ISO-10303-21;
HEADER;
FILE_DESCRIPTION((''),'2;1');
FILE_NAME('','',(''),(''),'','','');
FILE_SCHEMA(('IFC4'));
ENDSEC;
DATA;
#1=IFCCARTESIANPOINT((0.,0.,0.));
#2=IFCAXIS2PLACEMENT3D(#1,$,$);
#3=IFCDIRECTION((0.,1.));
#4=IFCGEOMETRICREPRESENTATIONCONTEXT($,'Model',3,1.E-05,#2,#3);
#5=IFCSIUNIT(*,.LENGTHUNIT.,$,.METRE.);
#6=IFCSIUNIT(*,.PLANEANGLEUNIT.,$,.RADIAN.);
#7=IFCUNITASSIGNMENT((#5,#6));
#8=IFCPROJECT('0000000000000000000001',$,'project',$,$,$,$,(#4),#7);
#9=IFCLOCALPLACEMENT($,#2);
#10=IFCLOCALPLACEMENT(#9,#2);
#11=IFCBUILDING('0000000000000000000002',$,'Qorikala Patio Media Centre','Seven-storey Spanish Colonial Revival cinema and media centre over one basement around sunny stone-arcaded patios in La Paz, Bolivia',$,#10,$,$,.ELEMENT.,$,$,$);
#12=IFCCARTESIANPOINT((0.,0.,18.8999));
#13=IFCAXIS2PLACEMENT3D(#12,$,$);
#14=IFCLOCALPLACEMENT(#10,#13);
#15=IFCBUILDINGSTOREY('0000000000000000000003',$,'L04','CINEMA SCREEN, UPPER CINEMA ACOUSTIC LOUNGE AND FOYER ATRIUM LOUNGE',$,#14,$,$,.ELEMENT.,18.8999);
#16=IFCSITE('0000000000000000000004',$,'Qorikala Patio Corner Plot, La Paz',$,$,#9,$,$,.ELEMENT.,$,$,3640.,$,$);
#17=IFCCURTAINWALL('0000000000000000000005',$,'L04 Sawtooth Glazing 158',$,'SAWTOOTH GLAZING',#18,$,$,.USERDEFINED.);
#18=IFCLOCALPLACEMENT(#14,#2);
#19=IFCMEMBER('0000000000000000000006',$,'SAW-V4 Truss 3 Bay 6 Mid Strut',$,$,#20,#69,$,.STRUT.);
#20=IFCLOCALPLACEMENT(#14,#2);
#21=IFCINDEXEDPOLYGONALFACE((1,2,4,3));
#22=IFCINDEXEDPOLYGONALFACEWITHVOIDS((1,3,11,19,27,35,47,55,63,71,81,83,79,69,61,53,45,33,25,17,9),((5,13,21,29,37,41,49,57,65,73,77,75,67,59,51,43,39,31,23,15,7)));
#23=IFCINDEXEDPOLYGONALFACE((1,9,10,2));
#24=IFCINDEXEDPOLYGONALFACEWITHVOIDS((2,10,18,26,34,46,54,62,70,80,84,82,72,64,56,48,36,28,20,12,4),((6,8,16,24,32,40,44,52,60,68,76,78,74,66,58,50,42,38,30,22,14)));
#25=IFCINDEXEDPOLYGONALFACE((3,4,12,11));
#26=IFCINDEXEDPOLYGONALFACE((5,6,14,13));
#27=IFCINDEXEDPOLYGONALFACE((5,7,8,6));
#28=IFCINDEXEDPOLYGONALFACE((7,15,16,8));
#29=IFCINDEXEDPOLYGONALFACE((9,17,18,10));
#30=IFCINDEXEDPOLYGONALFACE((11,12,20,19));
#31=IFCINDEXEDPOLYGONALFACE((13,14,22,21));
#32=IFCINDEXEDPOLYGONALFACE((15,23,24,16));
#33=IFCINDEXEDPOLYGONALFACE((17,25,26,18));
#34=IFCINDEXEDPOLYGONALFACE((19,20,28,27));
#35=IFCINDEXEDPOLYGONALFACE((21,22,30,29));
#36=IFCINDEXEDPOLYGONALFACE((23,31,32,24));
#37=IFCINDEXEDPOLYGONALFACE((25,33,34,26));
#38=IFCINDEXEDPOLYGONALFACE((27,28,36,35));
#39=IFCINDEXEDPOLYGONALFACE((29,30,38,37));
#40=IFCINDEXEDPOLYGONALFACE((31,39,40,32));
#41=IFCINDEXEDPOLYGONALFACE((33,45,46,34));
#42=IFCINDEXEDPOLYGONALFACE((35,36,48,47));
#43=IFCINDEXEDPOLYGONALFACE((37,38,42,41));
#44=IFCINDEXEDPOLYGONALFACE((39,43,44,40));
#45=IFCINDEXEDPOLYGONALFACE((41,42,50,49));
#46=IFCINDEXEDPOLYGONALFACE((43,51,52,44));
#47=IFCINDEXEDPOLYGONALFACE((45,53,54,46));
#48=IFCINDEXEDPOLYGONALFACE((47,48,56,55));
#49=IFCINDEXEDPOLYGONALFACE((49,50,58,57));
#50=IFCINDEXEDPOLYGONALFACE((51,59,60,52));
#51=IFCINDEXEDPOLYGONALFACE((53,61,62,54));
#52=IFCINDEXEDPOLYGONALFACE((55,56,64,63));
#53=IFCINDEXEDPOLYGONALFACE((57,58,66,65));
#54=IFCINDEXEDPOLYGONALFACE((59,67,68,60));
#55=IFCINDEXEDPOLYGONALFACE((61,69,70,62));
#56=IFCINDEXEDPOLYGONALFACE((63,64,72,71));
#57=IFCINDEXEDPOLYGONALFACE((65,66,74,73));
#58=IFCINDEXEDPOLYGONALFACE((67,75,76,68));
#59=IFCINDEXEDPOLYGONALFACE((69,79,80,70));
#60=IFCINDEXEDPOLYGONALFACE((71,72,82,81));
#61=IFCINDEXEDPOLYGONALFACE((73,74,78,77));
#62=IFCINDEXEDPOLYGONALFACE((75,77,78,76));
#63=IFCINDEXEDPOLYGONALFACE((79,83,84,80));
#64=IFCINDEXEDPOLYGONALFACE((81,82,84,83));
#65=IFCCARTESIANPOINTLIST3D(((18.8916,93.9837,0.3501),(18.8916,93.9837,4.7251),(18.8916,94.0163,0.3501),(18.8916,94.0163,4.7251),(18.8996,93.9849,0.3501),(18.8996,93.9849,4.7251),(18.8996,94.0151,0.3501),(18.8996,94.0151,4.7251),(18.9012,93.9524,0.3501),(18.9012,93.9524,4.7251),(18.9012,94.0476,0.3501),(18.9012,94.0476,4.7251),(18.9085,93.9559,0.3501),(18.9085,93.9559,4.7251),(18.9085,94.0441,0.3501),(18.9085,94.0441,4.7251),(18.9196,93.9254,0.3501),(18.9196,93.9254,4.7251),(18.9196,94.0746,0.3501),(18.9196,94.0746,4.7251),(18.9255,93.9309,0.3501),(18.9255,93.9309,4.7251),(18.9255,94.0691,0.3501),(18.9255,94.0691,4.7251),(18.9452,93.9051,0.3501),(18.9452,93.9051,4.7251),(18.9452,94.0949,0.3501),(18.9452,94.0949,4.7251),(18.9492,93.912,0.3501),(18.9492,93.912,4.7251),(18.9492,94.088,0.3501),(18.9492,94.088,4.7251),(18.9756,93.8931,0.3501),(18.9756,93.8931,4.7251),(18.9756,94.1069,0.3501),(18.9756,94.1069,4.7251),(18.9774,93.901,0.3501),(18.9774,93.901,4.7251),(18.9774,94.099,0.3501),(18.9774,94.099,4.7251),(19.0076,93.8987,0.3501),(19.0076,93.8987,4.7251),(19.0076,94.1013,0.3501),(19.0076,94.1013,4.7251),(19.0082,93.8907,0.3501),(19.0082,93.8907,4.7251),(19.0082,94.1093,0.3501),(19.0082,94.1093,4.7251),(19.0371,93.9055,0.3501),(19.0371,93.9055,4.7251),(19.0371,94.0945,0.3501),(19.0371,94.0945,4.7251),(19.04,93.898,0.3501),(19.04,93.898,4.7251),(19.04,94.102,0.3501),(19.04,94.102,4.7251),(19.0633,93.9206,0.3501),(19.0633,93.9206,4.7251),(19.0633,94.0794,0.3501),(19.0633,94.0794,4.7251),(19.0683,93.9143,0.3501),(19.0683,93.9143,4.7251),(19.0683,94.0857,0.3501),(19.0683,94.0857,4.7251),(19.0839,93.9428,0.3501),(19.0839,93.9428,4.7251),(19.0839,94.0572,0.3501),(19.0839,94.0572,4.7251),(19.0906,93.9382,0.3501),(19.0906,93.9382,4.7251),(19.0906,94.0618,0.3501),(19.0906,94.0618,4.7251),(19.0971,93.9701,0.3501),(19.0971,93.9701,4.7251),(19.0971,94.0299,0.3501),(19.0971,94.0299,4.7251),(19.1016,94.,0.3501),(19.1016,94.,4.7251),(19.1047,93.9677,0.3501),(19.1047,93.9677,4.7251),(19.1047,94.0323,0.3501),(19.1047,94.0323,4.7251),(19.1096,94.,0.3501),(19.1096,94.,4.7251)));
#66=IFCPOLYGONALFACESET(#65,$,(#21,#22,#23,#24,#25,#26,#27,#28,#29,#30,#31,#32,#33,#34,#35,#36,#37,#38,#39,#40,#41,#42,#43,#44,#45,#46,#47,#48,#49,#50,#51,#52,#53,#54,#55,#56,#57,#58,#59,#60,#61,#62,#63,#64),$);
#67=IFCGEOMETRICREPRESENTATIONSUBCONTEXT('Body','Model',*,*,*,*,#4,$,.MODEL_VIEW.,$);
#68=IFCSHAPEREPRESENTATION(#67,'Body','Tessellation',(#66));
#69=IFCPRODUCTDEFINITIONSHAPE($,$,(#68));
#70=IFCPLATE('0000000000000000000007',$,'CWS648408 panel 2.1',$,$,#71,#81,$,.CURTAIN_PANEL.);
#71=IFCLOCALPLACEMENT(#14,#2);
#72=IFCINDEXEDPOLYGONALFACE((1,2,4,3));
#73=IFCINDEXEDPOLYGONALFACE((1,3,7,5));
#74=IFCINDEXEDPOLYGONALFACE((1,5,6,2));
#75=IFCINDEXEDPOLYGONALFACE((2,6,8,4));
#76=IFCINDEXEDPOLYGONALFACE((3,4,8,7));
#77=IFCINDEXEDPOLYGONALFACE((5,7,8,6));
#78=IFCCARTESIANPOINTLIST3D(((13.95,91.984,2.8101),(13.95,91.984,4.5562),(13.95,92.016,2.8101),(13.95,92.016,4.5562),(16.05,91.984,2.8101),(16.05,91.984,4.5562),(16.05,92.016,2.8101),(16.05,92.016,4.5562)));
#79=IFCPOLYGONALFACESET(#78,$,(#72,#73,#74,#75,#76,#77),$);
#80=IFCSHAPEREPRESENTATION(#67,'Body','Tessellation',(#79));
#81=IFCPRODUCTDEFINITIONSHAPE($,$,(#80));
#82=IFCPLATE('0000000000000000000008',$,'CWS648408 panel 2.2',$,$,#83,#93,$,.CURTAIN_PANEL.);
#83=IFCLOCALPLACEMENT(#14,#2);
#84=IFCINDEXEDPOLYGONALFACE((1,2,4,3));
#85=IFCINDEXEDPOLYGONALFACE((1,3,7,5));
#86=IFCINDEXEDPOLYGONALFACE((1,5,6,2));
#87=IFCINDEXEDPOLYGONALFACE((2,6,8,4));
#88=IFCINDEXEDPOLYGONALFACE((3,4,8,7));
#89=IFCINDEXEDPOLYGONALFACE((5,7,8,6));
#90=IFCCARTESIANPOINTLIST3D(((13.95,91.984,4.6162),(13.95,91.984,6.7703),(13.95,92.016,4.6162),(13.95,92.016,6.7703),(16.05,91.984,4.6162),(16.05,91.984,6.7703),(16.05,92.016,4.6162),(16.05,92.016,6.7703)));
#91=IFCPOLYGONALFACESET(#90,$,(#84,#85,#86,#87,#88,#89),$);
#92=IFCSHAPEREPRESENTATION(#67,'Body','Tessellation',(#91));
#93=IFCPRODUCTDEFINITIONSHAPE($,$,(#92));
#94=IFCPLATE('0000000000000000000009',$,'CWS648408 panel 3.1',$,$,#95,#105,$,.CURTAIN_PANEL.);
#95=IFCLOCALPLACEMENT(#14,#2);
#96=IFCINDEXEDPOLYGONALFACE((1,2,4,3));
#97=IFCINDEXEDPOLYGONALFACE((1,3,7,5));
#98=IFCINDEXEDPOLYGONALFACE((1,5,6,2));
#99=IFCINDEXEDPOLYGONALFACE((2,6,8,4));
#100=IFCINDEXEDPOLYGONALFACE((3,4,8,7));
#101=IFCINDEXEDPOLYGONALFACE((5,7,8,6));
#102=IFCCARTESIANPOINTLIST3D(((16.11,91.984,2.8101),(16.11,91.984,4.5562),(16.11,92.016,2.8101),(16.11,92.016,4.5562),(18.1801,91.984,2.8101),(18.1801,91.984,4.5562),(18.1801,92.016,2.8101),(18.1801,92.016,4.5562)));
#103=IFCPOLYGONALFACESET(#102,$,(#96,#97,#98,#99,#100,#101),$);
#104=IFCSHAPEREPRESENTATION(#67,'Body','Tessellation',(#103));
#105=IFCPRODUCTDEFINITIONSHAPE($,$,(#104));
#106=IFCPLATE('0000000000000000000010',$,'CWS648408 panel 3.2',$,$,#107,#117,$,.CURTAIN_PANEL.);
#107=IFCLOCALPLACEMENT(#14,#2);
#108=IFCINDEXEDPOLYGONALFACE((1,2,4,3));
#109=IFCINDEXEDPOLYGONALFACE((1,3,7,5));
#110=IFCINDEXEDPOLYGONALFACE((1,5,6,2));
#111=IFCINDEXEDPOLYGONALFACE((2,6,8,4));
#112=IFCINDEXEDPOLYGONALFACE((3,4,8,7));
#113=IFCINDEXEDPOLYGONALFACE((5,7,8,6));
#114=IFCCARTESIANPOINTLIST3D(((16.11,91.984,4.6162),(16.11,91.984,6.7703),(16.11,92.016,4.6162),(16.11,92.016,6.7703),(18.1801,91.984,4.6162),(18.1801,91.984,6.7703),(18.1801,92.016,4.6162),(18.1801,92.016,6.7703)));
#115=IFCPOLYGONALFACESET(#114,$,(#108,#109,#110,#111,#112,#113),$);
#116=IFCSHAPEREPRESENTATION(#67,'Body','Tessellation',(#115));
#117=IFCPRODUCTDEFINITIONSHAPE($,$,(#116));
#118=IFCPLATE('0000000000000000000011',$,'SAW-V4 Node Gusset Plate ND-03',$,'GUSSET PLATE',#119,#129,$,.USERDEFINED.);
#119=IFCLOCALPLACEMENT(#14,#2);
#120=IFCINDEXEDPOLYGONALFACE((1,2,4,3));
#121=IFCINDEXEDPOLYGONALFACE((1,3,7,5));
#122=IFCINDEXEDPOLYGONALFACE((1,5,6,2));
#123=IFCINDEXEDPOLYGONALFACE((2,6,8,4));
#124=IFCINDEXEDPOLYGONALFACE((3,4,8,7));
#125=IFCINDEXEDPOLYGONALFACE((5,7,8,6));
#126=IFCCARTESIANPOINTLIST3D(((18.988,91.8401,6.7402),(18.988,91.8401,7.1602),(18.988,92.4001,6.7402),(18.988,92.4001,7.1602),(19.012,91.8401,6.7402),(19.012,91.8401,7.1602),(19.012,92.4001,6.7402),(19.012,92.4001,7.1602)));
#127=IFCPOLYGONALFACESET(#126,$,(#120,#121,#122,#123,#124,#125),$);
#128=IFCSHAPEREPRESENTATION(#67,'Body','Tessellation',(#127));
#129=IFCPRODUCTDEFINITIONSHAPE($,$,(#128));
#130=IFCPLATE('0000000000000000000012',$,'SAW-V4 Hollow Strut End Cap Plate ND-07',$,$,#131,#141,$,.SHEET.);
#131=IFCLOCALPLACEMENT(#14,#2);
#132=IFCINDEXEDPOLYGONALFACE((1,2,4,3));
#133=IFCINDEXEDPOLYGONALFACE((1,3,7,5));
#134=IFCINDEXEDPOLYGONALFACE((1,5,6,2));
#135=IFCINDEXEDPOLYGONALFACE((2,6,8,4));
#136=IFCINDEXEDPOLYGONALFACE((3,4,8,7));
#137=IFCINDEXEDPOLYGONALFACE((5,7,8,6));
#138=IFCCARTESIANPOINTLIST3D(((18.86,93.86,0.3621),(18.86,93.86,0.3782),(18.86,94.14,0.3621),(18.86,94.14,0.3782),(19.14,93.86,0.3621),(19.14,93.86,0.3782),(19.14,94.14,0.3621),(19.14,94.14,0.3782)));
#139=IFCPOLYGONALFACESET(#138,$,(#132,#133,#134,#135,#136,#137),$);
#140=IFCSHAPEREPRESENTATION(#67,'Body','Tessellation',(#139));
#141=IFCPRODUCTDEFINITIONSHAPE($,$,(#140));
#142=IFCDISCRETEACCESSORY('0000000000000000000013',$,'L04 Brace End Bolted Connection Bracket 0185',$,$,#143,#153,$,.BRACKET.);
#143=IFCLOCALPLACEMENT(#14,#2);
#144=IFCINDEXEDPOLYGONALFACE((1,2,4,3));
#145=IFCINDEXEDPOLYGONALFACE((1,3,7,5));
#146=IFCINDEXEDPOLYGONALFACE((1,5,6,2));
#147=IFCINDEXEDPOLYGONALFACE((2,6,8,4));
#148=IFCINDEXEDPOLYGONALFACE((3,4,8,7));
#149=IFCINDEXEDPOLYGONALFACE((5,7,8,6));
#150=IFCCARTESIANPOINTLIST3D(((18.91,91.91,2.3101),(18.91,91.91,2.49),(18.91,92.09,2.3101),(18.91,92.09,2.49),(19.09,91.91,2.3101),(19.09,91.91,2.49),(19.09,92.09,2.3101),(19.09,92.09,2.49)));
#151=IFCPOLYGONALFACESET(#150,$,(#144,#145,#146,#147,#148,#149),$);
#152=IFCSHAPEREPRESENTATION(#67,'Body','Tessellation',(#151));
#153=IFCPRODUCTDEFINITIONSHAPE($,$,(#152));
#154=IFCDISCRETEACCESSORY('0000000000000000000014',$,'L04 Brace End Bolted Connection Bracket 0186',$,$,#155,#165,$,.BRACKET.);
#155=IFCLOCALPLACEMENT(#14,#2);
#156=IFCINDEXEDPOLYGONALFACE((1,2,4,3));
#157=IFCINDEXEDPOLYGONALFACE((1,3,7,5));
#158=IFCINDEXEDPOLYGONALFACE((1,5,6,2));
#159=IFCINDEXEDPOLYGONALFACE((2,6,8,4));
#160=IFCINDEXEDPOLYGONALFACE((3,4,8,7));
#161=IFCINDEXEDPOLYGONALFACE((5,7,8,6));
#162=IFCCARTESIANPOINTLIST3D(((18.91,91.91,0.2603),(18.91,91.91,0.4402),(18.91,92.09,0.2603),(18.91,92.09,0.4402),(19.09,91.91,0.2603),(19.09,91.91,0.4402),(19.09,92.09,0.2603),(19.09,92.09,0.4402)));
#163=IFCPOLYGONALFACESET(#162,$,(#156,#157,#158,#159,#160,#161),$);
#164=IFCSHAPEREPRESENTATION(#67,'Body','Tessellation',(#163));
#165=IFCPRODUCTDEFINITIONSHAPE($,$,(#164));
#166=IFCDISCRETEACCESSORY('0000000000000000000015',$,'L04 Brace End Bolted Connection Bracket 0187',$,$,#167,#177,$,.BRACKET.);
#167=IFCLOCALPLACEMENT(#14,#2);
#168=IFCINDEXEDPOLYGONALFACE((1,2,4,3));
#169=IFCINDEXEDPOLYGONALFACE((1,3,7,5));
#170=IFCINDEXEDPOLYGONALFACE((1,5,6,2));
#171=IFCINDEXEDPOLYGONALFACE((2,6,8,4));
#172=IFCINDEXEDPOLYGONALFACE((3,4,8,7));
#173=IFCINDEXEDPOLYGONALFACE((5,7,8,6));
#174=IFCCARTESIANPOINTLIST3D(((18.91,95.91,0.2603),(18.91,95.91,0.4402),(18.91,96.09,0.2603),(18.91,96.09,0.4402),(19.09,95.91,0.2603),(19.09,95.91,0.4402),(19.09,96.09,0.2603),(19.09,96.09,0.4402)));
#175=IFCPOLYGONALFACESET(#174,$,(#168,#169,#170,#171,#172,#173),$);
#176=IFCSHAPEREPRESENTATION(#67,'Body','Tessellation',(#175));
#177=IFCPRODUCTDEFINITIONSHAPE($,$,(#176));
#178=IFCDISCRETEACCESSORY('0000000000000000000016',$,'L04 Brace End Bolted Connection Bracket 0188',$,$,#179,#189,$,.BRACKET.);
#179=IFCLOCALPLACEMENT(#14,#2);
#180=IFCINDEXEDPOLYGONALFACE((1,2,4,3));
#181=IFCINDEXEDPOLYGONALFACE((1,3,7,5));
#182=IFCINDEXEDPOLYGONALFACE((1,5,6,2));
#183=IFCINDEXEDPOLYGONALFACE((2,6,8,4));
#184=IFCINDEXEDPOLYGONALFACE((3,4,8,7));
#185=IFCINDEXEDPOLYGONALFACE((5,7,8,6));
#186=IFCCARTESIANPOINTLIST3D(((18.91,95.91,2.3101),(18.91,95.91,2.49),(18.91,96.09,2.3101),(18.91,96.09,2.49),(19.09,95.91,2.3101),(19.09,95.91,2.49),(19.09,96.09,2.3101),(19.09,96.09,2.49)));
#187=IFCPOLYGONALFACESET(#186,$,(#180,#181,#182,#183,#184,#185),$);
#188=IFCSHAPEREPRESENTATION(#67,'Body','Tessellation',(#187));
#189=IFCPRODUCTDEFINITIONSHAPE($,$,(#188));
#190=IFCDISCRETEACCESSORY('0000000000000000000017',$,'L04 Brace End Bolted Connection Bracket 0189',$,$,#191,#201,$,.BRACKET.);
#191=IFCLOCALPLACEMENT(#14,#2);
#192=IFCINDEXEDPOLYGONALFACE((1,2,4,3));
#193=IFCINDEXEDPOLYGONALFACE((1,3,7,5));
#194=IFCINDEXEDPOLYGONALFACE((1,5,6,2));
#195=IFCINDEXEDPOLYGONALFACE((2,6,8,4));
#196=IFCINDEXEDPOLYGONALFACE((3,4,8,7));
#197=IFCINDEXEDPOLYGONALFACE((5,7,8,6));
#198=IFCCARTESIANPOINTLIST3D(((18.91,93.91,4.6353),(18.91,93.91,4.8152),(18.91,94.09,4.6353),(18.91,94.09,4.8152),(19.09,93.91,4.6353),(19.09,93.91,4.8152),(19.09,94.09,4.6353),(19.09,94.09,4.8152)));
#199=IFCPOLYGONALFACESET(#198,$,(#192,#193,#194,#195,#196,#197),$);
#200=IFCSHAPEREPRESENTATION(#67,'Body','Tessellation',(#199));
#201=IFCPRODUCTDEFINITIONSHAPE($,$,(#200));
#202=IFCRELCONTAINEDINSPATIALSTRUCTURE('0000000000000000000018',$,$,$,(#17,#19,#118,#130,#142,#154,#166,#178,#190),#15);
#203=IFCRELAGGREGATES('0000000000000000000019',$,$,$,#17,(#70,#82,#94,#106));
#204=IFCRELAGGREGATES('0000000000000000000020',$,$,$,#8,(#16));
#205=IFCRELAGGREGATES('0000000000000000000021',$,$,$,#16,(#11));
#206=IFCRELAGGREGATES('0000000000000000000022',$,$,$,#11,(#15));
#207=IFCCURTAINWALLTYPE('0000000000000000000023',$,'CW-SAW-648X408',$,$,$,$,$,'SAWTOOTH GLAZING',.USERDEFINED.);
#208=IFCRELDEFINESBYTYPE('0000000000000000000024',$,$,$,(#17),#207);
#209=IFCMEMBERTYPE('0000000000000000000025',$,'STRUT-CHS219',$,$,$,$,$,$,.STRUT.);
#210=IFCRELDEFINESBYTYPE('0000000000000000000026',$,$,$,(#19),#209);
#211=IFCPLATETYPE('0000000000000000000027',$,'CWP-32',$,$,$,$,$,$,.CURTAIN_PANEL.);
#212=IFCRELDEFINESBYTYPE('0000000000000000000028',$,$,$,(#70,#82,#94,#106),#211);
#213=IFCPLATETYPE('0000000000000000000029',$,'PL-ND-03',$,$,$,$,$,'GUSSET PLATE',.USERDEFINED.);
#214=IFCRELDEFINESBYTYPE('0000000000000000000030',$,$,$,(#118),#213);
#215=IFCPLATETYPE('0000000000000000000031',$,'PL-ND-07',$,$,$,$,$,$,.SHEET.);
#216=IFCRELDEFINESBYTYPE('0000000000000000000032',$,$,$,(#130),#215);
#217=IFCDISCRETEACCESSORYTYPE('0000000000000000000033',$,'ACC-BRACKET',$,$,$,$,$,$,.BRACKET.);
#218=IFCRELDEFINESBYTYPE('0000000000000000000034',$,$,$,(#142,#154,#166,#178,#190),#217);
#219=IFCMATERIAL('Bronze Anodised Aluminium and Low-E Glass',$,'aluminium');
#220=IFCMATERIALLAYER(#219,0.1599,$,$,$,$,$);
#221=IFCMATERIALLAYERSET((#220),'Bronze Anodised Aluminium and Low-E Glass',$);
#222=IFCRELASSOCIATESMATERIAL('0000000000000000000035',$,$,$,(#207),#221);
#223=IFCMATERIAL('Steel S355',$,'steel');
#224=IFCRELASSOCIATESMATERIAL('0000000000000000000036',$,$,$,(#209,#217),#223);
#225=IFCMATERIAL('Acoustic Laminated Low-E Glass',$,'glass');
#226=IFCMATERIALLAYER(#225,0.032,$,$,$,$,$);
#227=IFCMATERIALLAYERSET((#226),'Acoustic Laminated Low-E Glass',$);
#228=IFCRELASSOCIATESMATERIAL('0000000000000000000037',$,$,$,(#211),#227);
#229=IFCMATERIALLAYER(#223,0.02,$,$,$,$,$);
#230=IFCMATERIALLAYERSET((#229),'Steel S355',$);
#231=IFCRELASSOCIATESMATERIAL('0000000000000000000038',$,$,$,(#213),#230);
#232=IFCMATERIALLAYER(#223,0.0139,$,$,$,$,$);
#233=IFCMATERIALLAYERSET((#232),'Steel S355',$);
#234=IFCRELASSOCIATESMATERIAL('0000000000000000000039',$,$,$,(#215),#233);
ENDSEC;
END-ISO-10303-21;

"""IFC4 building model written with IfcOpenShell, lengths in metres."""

from ifc_helpers import new_model, si_unit, direction, frame, origin, origin_2d, place, context, subcontext, project, spatial, rectangle, hollow_circle, extrude, material, layer, layer_set, material_profile, profile_set, type_object, element, aggregate, save


model = new_model("IFC4")

# Units and contexts
model_context = context("Model", 3, precision=1e-05, world=origin(), true_north=direction((0.0, 1.0)))
body_context = subcontext(model_context, "Body", "Model", "MODEL_VIEW")
ifc_project = project(units=[si_unit("LENGTHUNIT", "METRE"), si_unit("PLANEANGLEUNIT", "RADIAN")], contexts=[model_context])

# Site, building, storey
site_placement = place(None, origin())
site = spatial("IfcSite", under=ifc_project, at=site_placement, Name="Qorikala Patio Corner Plot, La Paz", CompositionType="ELEMENT", RefElevation=3640.0)
building_placement = place(site_placement, origin())
building = spatial("IfcBuilding", under=site, at=building_placement, Name="Qorikala Patio Media Centre", Description="Seven-storey Spanish Colonial Revival cinema and media centre over one basement around sunny stone-arcaded patios in La Paz, Bolivia", CompositionType="ELEMENT")
storey_placement = place(building_placement, frame((0.0, 0.0, 18.8999)))
storey = spatial("IfcBuildingStorey", under=building, at=storey_placement, Name="L04", Description="CINEMA SCREEN, UPPER CINEMA ACOUSTIC LOUNGE AND FOYER ATRIUM LOUNGE", CompositionType="ELEMENT", Elevation=18.8999)

# Shared definitions
ifc_material_1 = material(Name="Steel S355", Category="steel")

# Curtain wall
ifc_material_2 = material(Name="Bronze Anodised Aluminium and Low-E Glass", Category="aluminium")
ifc_layer_1 = layer(ifc_material_2, 0.1599)
ifc_layer_set_1 = layer_set([ifc_layer_1], Name="Bronze Anodised Aluminium and Low-E Glass")
curtain_wall_type_1 = type_object("IfcCurtainWallType", Name="CW-SAW-648X408", ElementType="SAWTOOTH GLAZING", PredefinedType="USERDEFINED", material=ifc_layer_set_1)
curtain_wall_1_placement = place(storey_placement, origin())
curtain_wall_1 = element("IfcCurtainWall", 1, at=curtain_wall_1_placement, inside=storey, type_object=curtain_wall_type_1, Name="L04 Sawtooth Glazing 158", ObjectType="SAWTOOTH GLAZING", PredefinedType="USERDEFINED")

# Member
ifc_material_profile_1 = material_profile(ifc_material_1, hollow_circle(Radius=0.1096, WallThickness=0.0081, at=origin_2d()), Name="CHS219X8")
ifc_profile_set_1 = profile_set([ifc_material_profile_1], Name="Steel S355")
member_type_1 = type_object("IfcMemberType", Name="STRUT-CHS219", PredefinedType="STRUT", material=ifc_profile_set_1)
member_1_placement = place(storey_placement, frame((19.0, 94.0, 0.3501), z_axis=(0.0, 0.0, 1.0), x_axis=(1.0, 0.0, 0.0)))
element("IfcMember", 2, at=member_1_placement, inside=storey, type_object=member_type_1, Name="SAW-V4 Truss 3 Bay 6 Mid Strut", PredefinedType="STRUT", context=body_context, shape_type="SweptSolid", body=[
    extrude(hollow_circle(Radius=0.1096, WallThickness=0.0081, at=origin_2d()), origin(), (0.0, 0.0, 1.0), 4.375),
])

# Plates
ifc_material_3 = material(Name="Acoustic Laminated Low-E Glass", Category="glass")
ifc_layer_2 = layer(ifc_material_3, 0.032)
ifc_layer_set_2 = layer_set([ifc_layer_2], Name="Acoustic Laminated Low-E Glass")
plate_type_1 = type_object("IfcPlateType", Name="CWP-32", PredefinedType="CURTAIN_PANEL", material=ifc_layer_set_2)
plate_1_placement = place(storey_placement, frame((15.0, 92.0, 2.8101), z_axis=(0.0, 0.0, 1.0), x_axis=(1.0, 0.0, 0.0)))
plate_1 = element("IfcPlate", 3, at=plate_1_placement, type_object=plate_type_1, Name="CWS648408 panel 2.1", PredefinedType="CURTAIN_PANEL", context=body_context, shape_type="SweptSolid", body=[
    extrude(rectangle(XDim=2.1001, YDim=0.032, at=origin_2d()), origin(), (0.0, 0.0, 1.0), 1.7461),
])
plate_2_placement = place(storey_placement, frame((15.0, 92.0, 4.6162), z_axis=(0.0, 0.0, 1.0), x_axis=(1.0, 0.0, 0.0)))
plate_2 = element("IfcPlate", 4, at=plate_2_placement, type_object=plate_type_1, Name="CWS648408 panel 2.2", PredefinedType="CURTAIN_PANEL", context=body_context, shape_type="SweptSolid", body=[
    extrude(rectangle(XDim=2.1001, YDim=0.032, at=origin_2d()), origin(), (0.0, 0.0, 1.0), 2.1541),
])
plate_3_placement = place(storey_placement, frame((17.145, 92.0, 2.8101), z_axis=(0.0, 0.0, 1.0), x_axis=(1.0, 0.0, 0.0)))
plate_3 = element("IfcPlate", 5, at=plate_3_placement, type_object=plate_type_1, Name="CWS648408 panel 3.1", PredefinedType="CURTAIN_PANEL", context=body_context, shape_type="SweptSolid", body=[
    extrude(rectangle(XDim=2.0701, YDim=0.032, at=origin_2d()), origin(), (0.0, 0.0, 1.0), 1.7461),
])
plate_4_placement = place(storey_placement, frame((17.145, 92.0, 4.6162), z_axis=(0.0, 0.0, 1.0), x_axis=(1.0, 0.0, 0.0)))
plate_4 = element("IfcPlate", 6, at=plate_4_placement, type_object=plate_type_1, Name="CWS648408 panel 3.2", PredefinedType="CURTAIN_PANEL", context=body_context, shape_type="SweptSolid", body=[
    extrude(rectangle(XDim=2.0701, YDim=0.032, at=origin_2d()), origin(), (0.0, 0.0, 1.0), 2.1541),
])
aggregate(curtain_wall_1, [plate_1, plate_2, plate_3, plate_4])

# Plates
ifc_layer_3 = layer(ifc_material_1, 0.02)
ifc_layer_set_3 = layer_set([ifc_layer_3], Name="Steel S355")
plate_type_2 = type_object("IfcPlateType", Name="PL-ND-03", ElementType="GUSSET PLATE", PredefinedType="USERDEFINED", material=ifc_layer_set_3)
plate_5_placement = place(storey_placement, frame((19.0, 92.1201, 6.7402), z_axis=(0.0, 0.0, 1.0), x_axis=(1.0, 0.0, 0.0)))
element("IfcPlate", 7, at=plate_5_placement, inside=storey, type_object=plate_type_2, Name="SAW-V4 Node Gusset Plate ND-03", ObjectType="GUSSET PLATE", PredefinedType="USERDEFINED", context=body_context, shape_type="SweptSolid", body=[
    extrude(rectangle(XDim=0.0239, YDim=0.5601, at=origin_2d()), origin(), (0.0, 0.0, 1.0), 0.4199),
])
ifc_layer_4 = layer(ifc_material_1, 0.0139)
ifc_layer_set_4 = layer_set([ifc_layer_4], Name="Steel S355")
plate_type_3 = type_object("IfcPlateType", Name="PL-ND-07", PredefinedType="SHEET", material=ifc_layer_set_4)
plate_6_placement = place(storey_placement, frame((19.0, 94.0, 0.3621), z_axis=(0.0, 0.0, 1.0), x_axis=(1.0, 0.0, 0.0)))
element("IfcPlate", 8, at=plate_6_placement, inside=storey, type_object=plate_type_3, Name="SAW-V4 Hollow Strut End Cap Plate ND-07", PredefinedType="SHEET", context=body_context, shape_type="SweptSolid", body=[
    extrude(rectangle(XDim=0.28, YDim=0.28, at=origin_2d()), origin(), (0.0, 0.0, 1.0), 0.0161),
])

# Discrete accessories
discrete_accessory_type = type_object("IfcDiscreteAccessoryType", Name="ACC-BRACKET", PredefinedType="BRACKET", material=ifc_material_1)
for number, where, z_axis, x_axis, name in (
    (9, (19.0, 92.0, 2.3101), (0.0, 0.0, 1.0), (1.0, 0.0, 0.0), "L04 Brace End Bolted Connection Bracket 0185"),
    (10, (19.0, 92.0, 0.2603), (0.0, 0.0, 1.0), (1.0, 0.0, 0.0), "L04 Brace End Bolted Connection Bracket 0186"),
    (11, (19.0, 96.0, 0.2603), (0.0, 0.0, 1.0), (1.0, 0.0, 0.0), "L04 Brace End Bolted Connection Bracket 0187"),
    (12, (19.0, 96.0, 2.3101), (0.0, 0.0, 1.0), (1.0, 0.0, 0.0), "L04 Brace End Bolted Connection Bracket 0188"),
    (13, (19.0, 94.0, 4.6353), (0.0, 0.0, 1.0), (1.0, 0.0, 0.0), "L04 Brace End Bolted Connection Bracket 0189"),
):
    element("IfcDiscreteAccessory", number, at=place(storey_placement, frame(where, z_axis=z_axis, x_axis=x_axis)), inside=storey, type_object=discrete_accessory_type, Name=name, PredefinedType="BRACKET", context=body_context, shape_type="SweptSolid", body=[
        extrude(rectangle(XDim=0.1799, YDim=0.1799, at=origin_2d()), origin(), (0.0, 0.0, 1.0), 0.1799),
    ])

save(model, "model.ifc")
